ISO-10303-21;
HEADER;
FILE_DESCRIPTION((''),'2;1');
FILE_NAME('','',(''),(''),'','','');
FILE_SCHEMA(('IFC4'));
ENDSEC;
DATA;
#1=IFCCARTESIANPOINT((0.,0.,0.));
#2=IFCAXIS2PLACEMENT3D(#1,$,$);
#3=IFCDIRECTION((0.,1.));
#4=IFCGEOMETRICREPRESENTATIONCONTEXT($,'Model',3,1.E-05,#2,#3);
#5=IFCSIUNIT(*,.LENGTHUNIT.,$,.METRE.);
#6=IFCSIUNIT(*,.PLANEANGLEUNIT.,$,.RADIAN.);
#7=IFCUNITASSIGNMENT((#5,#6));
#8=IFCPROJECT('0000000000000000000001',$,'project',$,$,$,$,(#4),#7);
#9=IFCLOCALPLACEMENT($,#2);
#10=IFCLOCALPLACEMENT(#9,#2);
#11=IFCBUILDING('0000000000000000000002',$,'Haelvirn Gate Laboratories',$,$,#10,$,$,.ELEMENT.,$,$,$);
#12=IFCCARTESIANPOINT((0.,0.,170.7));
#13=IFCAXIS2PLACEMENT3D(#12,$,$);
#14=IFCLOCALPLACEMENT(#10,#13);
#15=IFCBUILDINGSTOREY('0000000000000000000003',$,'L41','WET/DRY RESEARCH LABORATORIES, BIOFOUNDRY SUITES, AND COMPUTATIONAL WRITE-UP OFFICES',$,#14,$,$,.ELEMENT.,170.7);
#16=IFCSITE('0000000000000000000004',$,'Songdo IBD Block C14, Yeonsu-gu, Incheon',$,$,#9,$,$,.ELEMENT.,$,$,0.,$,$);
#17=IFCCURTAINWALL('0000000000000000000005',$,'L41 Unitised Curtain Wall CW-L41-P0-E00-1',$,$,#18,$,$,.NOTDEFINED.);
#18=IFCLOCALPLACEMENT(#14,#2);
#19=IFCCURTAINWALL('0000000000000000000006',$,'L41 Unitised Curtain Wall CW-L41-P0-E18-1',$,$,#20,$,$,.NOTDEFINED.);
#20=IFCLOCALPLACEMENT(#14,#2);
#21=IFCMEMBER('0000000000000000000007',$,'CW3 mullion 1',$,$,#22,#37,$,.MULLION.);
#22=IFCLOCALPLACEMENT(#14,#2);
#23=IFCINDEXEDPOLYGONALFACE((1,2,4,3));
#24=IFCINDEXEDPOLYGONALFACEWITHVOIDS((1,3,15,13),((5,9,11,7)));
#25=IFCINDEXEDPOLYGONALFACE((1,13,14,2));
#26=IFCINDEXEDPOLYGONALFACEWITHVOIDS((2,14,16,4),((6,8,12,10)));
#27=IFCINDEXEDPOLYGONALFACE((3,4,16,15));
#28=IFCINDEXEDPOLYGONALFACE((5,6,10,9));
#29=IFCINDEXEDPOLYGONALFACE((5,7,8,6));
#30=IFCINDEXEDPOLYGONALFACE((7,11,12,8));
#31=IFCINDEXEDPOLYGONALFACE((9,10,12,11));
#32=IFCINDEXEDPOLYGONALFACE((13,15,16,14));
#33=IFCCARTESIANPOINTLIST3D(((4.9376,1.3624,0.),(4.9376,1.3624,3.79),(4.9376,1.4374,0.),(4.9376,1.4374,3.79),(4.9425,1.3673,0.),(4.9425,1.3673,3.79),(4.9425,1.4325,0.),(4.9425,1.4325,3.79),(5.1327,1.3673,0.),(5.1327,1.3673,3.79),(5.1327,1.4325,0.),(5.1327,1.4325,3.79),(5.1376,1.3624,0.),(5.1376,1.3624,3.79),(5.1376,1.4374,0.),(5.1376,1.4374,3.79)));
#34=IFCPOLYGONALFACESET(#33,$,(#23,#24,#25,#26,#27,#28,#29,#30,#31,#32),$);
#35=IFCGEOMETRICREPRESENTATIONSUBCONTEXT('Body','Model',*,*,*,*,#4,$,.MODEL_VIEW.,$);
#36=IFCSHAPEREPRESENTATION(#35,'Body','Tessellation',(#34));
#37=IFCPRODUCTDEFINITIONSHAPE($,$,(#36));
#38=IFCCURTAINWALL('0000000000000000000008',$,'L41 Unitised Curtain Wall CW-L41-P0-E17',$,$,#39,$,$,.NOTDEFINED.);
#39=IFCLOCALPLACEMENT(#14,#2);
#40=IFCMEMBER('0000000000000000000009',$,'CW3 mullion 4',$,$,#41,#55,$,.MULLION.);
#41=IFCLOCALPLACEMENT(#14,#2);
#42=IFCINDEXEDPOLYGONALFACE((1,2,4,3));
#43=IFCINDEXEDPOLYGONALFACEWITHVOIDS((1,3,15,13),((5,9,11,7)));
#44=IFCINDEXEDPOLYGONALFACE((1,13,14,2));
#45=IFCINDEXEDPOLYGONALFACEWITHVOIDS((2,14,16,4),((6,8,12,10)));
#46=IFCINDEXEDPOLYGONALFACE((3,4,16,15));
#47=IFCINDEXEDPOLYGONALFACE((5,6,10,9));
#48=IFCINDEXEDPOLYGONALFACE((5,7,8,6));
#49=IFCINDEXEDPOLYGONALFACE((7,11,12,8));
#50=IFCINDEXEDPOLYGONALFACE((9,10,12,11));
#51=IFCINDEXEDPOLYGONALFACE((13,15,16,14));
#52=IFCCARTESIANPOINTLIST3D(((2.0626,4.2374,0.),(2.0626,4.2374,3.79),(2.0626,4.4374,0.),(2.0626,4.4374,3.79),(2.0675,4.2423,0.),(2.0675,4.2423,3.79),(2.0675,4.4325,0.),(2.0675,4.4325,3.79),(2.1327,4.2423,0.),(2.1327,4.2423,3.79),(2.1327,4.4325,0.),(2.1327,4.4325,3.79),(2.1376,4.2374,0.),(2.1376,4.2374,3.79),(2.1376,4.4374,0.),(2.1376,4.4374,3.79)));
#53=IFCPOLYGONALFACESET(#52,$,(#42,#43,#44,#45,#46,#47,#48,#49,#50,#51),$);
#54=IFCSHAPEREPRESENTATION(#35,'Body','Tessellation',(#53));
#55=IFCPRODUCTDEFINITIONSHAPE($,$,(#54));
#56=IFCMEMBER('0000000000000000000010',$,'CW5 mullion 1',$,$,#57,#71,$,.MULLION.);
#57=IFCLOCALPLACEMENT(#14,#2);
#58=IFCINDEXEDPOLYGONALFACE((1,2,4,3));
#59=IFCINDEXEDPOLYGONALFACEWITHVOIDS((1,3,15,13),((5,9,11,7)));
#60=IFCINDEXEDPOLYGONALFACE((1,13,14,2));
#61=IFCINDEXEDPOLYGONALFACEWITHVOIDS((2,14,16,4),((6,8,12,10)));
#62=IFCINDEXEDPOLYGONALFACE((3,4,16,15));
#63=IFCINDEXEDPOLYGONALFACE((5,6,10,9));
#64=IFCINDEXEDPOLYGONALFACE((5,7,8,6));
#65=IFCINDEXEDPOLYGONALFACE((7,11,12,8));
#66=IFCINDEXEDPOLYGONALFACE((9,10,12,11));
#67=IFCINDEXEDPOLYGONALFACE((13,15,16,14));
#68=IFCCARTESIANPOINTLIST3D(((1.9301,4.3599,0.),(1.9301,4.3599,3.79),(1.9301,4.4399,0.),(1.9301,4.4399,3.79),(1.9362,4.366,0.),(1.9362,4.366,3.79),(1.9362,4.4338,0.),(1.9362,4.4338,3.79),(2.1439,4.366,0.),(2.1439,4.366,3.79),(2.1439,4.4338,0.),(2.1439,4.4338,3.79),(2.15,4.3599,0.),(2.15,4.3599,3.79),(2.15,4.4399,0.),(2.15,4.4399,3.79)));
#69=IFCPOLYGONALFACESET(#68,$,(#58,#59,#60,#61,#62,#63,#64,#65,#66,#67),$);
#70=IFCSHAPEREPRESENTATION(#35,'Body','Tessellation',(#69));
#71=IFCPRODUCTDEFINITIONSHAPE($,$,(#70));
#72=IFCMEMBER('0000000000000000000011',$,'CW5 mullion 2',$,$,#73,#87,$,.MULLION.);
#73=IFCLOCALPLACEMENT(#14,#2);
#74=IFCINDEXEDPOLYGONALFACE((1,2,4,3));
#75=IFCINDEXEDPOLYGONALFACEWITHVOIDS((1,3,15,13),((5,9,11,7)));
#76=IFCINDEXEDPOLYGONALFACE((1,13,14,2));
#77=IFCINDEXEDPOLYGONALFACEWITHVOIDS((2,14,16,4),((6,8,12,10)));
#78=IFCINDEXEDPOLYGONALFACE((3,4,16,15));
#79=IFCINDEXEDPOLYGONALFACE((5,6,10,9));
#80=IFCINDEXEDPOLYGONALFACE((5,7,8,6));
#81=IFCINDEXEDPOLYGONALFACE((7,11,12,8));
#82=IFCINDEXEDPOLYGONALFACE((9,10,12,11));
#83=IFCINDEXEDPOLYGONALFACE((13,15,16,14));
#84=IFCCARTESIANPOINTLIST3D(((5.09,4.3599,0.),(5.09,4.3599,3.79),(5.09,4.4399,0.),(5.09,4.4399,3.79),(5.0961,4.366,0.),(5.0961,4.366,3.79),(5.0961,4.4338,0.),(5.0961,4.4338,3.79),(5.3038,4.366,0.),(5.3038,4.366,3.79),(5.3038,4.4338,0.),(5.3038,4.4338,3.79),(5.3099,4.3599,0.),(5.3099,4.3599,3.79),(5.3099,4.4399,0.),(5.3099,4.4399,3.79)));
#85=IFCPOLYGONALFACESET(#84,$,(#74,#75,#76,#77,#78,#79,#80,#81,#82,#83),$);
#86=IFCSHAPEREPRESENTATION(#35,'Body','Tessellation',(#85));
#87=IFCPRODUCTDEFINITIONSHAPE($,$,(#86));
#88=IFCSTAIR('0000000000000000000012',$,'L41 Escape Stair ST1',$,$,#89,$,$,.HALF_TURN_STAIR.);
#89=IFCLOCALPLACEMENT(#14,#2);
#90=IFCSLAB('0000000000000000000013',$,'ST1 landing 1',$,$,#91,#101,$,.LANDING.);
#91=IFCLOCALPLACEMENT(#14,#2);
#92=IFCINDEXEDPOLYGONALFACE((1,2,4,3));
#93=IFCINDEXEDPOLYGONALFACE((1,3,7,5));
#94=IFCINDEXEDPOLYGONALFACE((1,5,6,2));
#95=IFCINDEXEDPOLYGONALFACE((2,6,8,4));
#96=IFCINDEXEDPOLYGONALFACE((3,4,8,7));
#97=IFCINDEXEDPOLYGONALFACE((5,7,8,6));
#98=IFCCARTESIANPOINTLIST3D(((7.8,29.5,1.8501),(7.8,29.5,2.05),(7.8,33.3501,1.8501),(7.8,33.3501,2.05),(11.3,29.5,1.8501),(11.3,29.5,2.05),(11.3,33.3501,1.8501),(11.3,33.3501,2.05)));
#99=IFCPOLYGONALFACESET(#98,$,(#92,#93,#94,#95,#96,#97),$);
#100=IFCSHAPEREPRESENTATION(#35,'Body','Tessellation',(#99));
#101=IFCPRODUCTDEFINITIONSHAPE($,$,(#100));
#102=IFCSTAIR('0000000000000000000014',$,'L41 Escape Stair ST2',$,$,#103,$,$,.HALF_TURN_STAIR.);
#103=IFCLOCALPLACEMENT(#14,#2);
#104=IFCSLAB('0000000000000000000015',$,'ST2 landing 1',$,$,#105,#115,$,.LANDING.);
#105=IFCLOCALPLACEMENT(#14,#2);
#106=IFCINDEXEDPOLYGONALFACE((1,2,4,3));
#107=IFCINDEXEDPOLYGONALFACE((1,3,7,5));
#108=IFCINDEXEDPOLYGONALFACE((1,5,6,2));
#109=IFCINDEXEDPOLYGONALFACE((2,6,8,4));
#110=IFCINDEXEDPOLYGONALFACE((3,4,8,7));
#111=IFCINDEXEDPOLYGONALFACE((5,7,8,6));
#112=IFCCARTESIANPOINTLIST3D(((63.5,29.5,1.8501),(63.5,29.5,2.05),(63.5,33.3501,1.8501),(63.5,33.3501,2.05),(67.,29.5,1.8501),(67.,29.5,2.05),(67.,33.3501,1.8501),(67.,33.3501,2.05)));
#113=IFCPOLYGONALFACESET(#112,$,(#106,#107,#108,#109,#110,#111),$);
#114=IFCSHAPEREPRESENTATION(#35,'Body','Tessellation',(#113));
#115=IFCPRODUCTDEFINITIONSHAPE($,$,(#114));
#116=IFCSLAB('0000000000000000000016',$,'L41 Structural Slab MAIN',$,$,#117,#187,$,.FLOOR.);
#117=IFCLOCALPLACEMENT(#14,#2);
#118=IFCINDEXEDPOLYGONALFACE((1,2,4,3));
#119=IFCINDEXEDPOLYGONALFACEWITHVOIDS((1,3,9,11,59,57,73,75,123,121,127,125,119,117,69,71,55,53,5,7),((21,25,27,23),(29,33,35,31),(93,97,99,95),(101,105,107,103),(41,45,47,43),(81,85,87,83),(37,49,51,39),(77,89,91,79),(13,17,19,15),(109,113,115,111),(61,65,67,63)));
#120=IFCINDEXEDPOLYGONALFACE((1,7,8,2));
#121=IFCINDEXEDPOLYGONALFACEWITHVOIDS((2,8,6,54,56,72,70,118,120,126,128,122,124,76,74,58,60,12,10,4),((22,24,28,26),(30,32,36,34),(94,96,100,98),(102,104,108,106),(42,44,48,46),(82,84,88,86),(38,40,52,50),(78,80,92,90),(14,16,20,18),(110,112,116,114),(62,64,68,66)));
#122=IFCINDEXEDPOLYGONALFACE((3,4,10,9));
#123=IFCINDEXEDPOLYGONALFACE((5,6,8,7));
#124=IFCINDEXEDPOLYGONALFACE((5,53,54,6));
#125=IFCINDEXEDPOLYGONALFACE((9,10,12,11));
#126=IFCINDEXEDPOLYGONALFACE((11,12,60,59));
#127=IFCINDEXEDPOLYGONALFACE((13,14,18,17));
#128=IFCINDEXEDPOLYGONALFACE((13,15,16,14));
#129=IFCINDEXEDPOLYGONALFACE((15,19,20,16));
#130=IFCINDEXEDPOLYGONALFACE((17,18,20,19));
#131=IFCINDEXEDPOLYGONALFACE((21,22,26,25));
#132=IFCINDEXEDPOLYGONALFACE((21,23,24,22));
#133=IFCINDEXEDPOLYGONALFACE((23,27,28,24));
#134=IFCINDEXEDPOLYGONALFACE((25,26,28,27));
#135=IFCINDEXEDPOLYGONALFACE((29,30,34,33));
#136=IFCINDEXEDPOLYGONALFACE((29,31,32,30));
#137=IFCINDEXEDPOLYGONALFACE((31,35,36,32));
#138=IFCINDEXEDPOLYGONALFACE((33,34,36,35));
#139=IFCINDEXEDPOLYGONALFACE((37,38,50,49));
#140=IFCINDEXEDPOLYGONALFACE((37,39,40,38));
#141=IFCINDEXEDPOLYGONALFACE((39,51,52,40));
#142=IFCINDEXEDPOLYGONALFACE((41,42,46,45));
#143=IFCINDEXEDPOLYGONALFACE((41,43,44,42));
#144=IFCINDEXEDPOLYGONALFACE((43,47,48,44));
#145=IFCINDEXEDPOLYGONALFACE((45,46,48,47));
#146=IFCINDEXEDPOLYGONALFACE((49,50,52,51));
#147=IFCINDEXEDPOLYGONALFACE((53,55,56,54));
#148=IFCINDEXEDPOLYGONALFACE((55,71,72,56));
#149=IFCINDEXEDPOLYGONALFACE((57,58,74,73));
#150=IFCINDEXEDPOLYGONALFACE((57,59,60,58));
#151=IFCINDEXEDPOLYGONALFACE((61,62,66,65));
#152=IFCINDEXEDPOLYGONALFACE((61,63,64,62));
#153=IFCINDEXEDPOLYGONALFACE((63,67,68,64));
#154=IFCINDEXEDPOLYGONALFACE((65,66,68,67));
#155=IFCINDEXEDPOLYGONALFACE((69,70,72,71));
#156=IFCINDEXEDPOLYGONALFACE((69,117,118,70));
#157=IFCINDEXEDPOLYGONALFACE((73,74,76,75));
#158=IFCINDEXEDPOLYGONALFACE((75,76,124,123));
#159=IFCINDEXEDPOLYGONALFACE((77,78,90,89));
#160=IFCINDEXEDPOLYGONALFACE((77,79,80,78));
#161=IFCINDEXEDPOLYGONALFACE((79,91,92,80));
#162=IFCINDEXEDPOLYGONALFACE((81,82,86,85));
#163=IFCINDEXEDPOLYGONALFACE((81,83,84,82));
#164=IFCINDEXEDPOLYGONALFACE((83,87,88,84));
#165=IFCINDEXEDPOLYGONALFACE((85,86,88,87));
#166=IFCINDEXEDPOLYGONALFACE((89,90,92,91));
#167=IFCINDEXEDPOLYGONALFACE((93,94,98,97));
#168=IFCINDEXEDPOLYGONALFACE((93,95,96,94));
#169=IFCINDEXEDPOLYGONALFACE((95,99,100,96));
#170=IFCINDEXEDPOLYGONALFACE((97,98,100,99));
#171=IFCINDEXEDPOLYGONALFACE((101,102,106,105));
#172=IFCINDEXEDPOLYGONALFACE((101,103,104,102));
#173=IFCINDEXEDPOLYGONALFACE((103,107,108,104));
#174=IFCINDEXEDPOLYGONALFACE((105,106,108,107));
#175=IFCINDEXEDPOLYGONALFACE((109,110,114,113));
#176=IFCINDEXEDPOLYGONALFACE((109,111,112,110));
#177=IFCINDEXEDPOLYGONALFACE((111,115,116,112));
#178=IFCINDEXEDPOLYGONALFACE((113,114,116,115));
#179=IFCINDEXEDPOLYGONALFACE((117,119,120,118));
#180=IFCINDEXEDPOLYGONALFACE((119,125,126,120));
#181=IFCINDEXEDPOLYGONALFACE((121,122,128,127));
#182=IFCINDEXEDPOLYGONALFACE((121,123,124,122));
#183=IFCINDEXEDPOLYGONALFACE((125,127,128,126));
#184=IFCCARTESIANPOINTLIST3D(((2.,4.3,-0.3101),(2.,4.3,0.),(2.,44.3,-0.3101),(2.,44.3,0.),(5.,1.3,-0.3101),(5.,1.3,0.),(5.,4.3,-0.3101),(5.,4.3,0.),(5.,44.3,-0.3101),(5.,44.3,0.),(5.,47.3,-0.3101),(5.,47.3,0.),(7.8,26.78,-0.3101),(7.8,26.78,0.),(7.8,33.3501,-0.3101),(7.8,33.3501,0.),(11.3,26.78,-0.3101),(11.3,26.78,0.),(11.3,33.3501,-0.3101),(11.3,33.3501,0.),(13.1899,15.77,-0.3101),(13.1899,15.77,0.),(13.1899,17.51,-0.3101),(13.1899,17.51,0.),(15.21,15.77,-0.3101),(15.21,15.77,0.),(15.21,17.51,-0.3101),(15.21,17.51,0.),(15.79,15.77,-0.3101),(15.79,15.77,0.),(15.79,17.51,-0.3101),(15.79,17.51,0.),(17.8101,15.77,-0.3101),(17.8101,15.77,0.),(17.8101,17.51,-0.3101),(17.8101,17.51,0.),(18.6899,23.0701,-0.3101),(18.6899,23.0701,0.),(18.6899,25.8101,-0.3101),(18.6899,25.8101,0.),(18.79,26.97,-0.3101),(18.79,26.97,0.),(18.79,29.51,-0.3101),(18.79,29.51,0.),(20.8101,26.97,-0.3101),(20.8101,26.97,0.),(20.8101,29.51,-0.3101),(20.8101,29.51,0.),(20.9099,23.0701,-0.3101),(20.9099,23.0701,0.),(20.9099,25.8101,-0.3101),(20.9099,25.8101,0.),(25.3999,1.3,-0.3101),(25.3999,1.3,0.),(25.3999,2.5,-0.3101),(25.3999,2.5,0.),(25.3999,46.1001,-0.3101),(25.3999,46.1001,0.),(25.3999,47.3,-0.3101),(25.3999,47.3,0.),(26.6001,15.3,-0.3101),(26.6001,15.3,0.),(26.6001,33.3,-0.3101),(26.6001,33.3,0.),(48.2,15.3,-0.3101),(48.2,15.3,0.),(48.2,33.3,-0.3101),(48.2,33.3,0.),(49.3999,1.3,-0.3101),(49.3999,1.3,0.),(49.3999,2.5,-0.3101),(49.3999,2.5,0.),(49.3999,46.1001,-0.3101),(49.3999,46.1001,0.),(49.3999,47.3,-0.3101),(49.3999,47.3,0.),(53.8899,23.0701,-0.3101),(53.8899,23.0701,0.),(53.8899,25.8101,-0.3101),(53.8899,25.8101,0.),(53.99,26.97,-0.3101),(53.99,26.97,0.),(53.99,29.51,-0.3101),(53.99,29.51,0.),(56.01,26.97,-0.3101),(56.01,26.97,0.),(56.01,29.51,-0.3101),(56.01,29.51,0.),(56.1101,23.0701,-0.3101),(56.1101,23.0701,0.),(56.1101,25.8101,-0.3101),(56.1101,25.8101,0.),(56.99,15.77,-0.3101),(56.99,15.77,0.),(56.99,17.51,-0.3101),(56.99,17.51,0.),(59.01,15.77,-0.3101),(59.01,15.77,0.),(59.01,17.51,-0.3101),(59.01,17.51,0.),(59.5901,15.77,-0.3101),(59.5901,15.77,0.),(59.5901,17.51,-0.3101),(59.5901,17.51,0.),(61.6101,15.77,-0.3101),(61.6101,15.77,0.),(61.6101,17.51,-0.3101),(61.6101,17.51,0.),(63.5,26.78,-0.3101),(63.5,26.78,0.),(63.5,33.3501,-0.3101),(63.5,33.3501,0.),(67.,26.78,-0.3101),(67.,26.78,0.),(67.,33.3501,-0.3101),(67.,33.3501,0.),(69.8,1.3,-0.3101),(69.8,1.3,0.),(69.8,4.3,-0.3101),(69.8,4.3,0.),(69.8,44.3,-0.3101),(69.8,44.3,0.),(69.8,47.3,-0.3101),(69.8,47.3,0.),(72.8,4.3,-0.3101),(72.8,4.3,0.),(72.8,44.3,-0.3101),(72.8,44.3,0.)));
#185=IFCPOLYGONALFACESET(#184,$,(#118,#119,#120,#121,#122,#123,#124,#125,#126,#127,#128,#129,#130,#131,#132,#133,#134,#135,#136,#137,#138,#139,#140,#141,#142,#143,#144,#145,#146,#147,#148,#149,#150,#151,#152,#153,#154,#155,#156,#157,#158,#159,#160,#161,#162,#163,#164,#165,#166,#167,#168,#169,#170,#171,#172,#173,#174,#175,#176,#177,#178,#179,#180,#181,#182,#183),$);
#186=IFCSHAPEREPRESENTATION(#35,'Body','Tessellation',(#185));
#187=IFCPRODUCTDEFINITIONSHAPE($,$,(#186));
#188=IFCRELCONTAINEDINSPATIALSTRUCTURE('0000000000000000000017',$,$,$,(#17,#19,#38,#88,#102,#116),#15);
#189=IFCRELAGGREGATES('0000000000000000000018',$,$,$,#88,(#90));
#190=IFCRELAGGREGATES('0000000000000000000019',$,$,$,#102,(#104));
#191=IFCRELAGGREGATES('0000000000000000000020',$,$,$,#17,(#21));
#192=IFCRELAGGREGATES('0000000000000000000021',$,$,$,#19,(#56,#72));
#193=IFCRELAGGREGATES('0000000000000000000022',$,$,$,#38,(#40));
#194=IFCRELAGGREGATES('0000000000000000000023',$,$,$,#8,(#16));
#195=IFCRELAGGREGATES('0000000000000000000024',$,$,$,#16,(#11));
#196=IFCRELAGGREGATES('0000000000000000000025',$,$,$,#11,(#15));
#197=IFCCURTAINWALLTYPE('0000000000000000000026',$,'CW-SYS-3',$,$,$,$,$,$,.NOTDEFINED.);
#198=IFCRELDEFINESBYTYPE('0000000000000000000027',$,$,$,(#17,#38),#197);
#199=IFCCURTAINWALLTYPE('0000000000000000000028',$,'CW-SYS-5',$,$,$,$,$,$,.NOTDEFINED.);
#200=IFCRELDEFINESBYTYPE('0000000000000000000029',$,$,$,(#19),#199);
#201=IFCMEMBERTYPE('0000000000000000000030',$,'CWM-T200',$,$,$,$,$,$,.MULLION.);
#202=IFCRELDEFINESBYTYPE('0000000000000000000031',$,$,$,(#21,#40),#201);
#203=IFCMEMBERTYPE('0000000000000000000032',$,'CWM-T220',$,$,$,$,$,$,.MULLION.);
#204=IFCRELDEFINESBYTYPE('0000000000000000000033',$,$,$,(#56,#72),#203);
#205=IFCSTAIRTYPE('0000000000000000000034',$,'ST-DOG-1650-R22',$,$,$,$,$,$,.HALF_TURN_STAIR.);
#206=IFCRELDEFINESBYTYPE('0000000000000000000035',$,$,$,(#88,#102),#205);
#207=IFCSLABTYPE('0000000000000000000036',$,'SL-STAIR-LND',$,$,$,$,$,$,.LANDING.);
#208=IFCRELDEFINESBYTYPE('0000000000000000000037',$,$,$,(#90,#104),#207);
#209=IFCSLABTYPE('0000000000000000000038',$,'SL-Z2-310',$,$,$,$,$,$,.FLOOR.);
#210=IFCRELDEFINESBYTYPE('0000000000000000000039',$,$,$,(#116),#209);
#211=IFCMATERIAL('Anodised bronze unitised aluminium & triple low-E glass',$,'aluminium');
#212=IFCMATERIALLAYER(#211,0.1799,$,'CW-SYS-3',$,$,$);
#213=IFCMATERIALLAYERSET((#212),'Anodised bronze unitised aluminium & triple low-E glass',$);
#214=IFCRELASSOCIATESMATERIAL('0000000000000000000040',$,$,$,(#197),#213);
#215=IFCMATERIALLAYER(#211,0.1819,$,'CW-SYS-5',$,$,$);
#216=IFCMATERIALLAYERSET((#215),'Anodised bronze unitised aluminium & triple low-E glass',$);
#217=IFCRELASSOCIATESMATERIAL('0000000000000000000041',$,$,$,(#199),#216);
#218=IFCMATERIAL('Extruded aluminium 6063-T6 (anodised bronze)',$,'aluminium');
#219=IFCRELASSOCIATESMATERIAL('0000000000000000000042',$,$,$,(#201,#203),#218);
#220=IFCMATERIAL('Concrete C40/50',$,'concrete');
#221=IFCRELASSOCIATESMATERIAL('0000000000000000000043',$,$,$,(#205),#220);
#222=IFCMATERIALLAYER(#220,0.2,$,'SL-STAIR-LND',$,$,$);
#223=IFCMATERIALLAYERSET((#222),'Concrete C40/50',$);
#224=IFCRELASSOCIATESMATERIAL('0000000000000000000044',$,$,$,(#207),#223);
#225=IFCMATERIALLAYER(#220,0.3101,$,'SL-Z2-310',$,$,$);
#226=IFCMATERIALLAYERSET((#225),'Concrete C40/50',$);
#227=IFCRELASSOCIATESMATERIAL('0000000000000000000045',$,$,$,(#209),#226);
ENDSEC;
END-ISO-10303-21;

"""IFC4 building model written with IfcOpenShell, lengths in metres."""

from ifc_helpers import new_model, si_unit, direction, frame, origin, origin_2d, place, context, subcontext, project, spatial, polyline, hollow_rectangle, outline, extrude, source, transform, mapped, material, layer, layer_set, material_profile, profile_set, type_object, type_shapes, element, aggregate, save


model = new_model("IFC4")

# Units and contexts
model_context = context("Model", 3, precision=1e-05, world=origin(), true_north=direction((0.0, 1.0)))
body_context = subcontext(model_context, "Body", "Model", "MODEL_VIEW")
ifc_project = project(units=[si_unit("LENGTHUNIT", "METRE"), si_unit("PLANEANGLEUNIT", "RADIAN")], contexts=[model_context])

# Site, building, storey
site_placement = place(None, origin())
site = spatial("IfcSite", under=ifc_project, at=site_placement, Name="Songdo IBD Block C14, Yeonsu-gu, Incheon", CompositionType="ELEMENT", RefElevation=0.0)
building_placement = place(site_placement, origin())
building = spatial("IfcBuilding", under=site, at=building_placement, Name="Haelvirn Gate Laboratories", CompositionType="ELEMENT")
storey_placement = place(building_placement, frame((0.0, 0.0, 170.7)))
storey = spatial("IfcBuildingStorey", under=building, at=storey_placement, Name="L41", Description="WET/DRY RESEARCH LABORATORIES, BIOFOUNDRY SUITES, AND COMPUTATIONAL WRITE-UP OFFICES", CompositionType="ELEMENT", Elevation=170.7)

# Curtain walls
ifc_material_1 = material(Name="Anodised bronze unitised aluminium & triple low-E glass", Category="aluminium")
ifc_layer_1 = layer(ifc_material_1, 0.1799, Name="CW-SYS-3")
ifc_layer_set_1 = layer_set([ifc_layer_1], Name="Anodised bronze unitised aluminium & triple low-E glass")
curtain_wall_type_1 = type_object("IfcCurtainWallType", Name="CW-SYS-3", PredefinedType="NOTDEFINED", material=ifc_layer_set_1)
curtain_wall_1_placement = place(storey_placement, origin())
curtain_wall_1 = element("IfcCurtainWall", 1, at=curtain_wall_1_placement, inside=storey, type_object=curtain_wall_type_1, Name="L41 Unitised Curtain Wall CW-L41-P0-E00-1", PredefinedType="NOTDEFINED")
ifc_material_2 = material(Name="Extruded aluminium 6063-T6 (anodised bronze)", Category="aluminium")
ifc_layer_2 = layer(ifc_material_1, 0.1819, Name="CW-SYS-5")
ifc_layer_set_2 = layer_set([ifc_layer_2], Name="Anodised bronze unitised aluminium & triple low-E glass")
curtain_wall_type_2 = type_object("IfcCurtainWallType", Name="CW-SYS-5", PredefinedType="NOTDEFINED", material=ifc_layer_set_2)
curtain_wall_2_placement = place(storey_placement, origin())
curtain_wall_2 = element("IfcCurtainWall", 2, at=curtain_wall_2_placement, inside=storey, type_object=curtain_wall_type_2, Name="L41 Unitised Curtain Wall CW-L41-P0-E18-1", PredefinedType="NOTDEFINED")

# Member
ifc_material_profile_1 = material_profile(ifc_material_2, hollow_rectangle(XDim=0.075, YDim=0.2, WallThickness=0.0049, at=origin_2d()), Name="CWM-200x75x5")
ifc_profile_set_1 = profile_set([ifc_material_profile_1], Name="Extruded aluminium 6063-T6 (anodised bronze)")
member_type_1 = type_object("IfcMemberType", Name="CWM-T200", PredefinedType="MULLION", material=ifc_profile_set_1)
shared_shape_1 = source(origin(), body_context, "Body", "SweptSolid", [
    extrude(hollow_rectangle(XDim=0.075, YDim=0.2, WallThickness=0.0049, at=origin_2d()), origin(), (0.0, 0.0, 1.0), 3.79),
])
type_shapes(member_type_1, [shared_shape_1])
member_1_placement = place(storey_placement, frame((5.0376, 1.3999, 0.0), z_axis=(0.0, 0.0, 1.0), x_axis=(0.0, 1.0, 0.0)))
member_1 = element("IfcMember", 3, at=member_1_placement, type_object=member_type_1, Name="CW3 mullion 1", PredefinedType="MULLION", context=body_context, shape_type="MappedRepresentation", body=[
    mapped(shared_shape_1, transform((0.0, 0.0, 0.0), scale=1.0)),
])

# Curtain wall, member
curtain_wall_3_placement = place(storey_placement, origin())
curtain_wall_3 = element("IfcCurtainWall", 4, at=curtain_wall_3_placement, inside=storey, type_object=curtain_wall_type_1, Name="L41 Unitised Curtain Wall CW-L41-P0-E17", PredefinedType="NOTDEFINED")
member_2_placement = place(storey_placement, frame((2.1001, 4.3374, 0.0), z_axis=(0.0, 0.0, 1.0), x_axis=(1.0, 0.0, 0.0)))
member_2 = element("IfcMember", 5, at=member_2_placement, type_object=member_type_1, Name="CW3 mullion 4", PredefinedType="MULLION", context=body_context, shape_type="MappedRepresentation", body=[
    mapped(shared_shape_1, transform((0.0, 0.0, 0.0), scale=1.0)),
])

# Members
ifc_material_profile_2 = material_profile(ifc_material_2, hollow_rectangle(XDim=0.0801, YDim=0.22, WallThickness=0.0061, at=origin_2d()), Name="CWM-220x80x6")
ifc_profile_set_2 = profile_set([ifc_material_profile_2], Name="Extruded aluminium 6063-T6 (anodised bronze)")
member_type_2 = type_object("IfcMemberType", Name="CWM-T220", PredefinedType="MULLION", material=ifc_profile_set_2)
shared_shape_2 = source(origin(), body_context, "Body", "SweptSolid", [
    extrude(hollow_rectangle(XDim=0.0801, YDim=0.22, WallThickness=0.0061, at=origin_2d()), origin(), (0.0, 0.0, 1.0), 3.79),
])
type_shapes(member_type_2, [shared_shape_2])
member_3_placement = place(storey_placement, frame((2.04, 4.3999, 0.0), z_axis=(0.0, 0.0, 1.0), x_axis=(0.0, 1.0, 0.0)))
member_3 = element("IfcMember", 6, at=member_3_placement, type_object=member_type_2, Name="CW5 mullion 1", PredefinedType="MULLION", context=body_context, shape_type="MappedRepresentation", body=[
    mapped(shared_shape_2, transform((0.0, 0.0, 0.0), scale=1.0)),
])
member_4_placement = place(storey_placement, frame((5.2, 4.3999, 0.0), z_axis=(0.0, 0.0, 1.0), x_axis=(0.0, 1.0, 0.0)))
member_4 = element("IfcMember", 7, at=member_4_placement, type_object=member_type_2, Name="CW5 mullion 2", PredefinedType="MULLION", context=body_context, shape_type="MappedRepresentation", body=[
    mapped(shared_shape_2, transform((0.0, 0.0, 0.0), scale=1.0)),
])

# Stairs, slabs
ifc_material_3 = material(Name="Concrete C40/50", Category="concrete")
stair_type = type_object("IfcStairType", Name="ST-DOG-1650-R22", PredefinedType="HALF_TURN_STAIR", material=ifc_material_3)
stair_1_placement = place(storey_placement, origin())
stair_1 = element("IfcStair", 8, at=stair_1_placement, inside=storey, type_object=stair_type, Name="L41 Escape Stair ST1", PredefinedType="HALF_TURN_STAIR")
ifc_layer_3 = layer(ifc_material_3, 0.2, Name="SL-STAIR-LND")
ifc_layer_set_3 = layer_set([ifc_layer_3], Name="Concrete C40/50")
slab_type_1 = type_object("IfcSlabType", Name="SL-STAIR-LND", PredefinedType="LANDING", material=ifc_layer_set_3)
slab_1_placement = place(storey_placement, frame((0.0, 0.0, 1.8501)))
slab_1 = element("IfcSlab", 9, at=slab_1_placement, type_object=slab_type_1, Name="ST1 landing 1", PredefinedType="LANDING", context=body_context, shape_type="SweptSolid", body=[
    extrude(outline(polyline([(11.3, 29.5), (11.3, 33.3501), (7.8, 33.3501), (7.8, 29.5), (11.3, 29.5)])), origin(), (0.0, 0.0, 1.0), 0.2),
])
aggregate(stair_1, [slab_1])
stair_2_placement = place(storey_placement, origin())
stair_2 = element("IfcStair", 10, at=stair_2_placement, inside=storey, type_object=stair_type, Name="L41 Escape Stair ST2", PredefinedType="HALF_TURN_STAIR")
slab_2_placement = place(storey_placement, frame((0.0, 0.0, 1.8501)))
slab_2 = element("IfcSlab", 11, at=slab_2_placement, type_object=slab_type_1, Name="ST2 landing 1", PredefinedType="LANDING", context=body_context, shape_type="SweptSolid", body=[
    extrude(outline(polyline([(67.0, 29.5), (67.0, 33.3501), (63.5, 33.3501), (63.5, 29.5), (67.0, 29.5)])), origin(), (0.0, 0.0, 1.0), 0.2),
])
aggregate(stair_2, [slab_2])

# Slab
ifc_layer_4 = layer(ifc_material_3, 0.3101, Name="SL-Z2-310")
ifc_layer_set_4 = layer_set([ifc_layer_4], Name="Concrete C40/50")
slab_type_2 = type_object("IfcSlabType", Name="SL-Z2-310", PredefinedType="FLOOR", material=ifc_layer_set_4)
slab_3_placement = place(storey_placement, frame((0.0, 0.0, -0.3101)))
element("IfcSlab", 12, at=slab_3_placement, inside=storey, type_object=slab_type_2, Name="L41 Structural Slab MAIN", PredefinedType="FLOOR", context=body_context, shape_type="SweptSolid", body=[
    extrude(outline(polyline([(5.0, 1.3), (25.3999, 1.3), (25.3999, 2.5), (49.3999, 2.5), (49.3999, 1.3), (69.8, 1.3), (69.8, 4.3), (72.8, 4.3), (72.8, 44.3), (69.8, 44.3), (69.8, 47.3), (49.3999, 47.3), (49.3999, 46.1001), (25.3999, 46.1001), (25.3999, 47.3), (5.0, 47.3), (5.0, 44.3), (2.0, 44.3), (2.0, 4.3), (5.0, 4.3), (5.0, 1.3)]), holes=[polyline([(26.6001, 15.3), (48.2, 15.3), (48.2, 33.3), (26.6001, 33.3), (26.6001, 15.3)]), polyline([(11.3, 26.78), (11.3, 33.3501), (7.8, 33.3501), (7.8, 26.78), (11.3, 26.78)]), polyline([(67.0, 26.78), (67.0, 33.3501), (63.5, 33.3501), (63.5, 26.78), (67.0, 26.78)]), polyline([(13.1899, 15.77), (15.21, 15.77), (15.21, 17.51), (13.1899, 17.51), (13.1899, 15.77)]), polyline([(15.79, 15.77), (17.8101, 15.77), (17.8101, 17.51), (15.79, 17.51), (15.79, 15.77)]), polyline([(18.79, 26.97), (20.8101, 26.97), (20.8101, 29.51), (18.79, 29.51), (18.79, 26.97)]), polyline([(18.6899, 23.0701), (20.9099, 23.0701), (20.9099, 25.8101), (18.6899, 25.8101), (18.6899, 23.0701)]), polyline([(59.5901, 15.77), (61.6101, 15.77), (61.6101, 17.51), (59.5901, 17.51), (59.5901, 15.77)]), polyline([(56.99, 15.77), (59.01, 15.77), (59.01, 17.51), (56.99, 17.51), (56.99, 15.77)]), polyline([(53.99, 26.97), (56.01, 26.97), (56.01, 29.51), (53.99, 29.51), (53.99, 26.97)]), polyline([(53.8899, 23.0701), (56.1101, 23.0701), (56.1101, 25.8101), (53.8899, 25.8101), (53.8899, 23.0701)])]), origin(), (0.0, 0.0, 1.0), 0.3101),
])

aggregate(curtain_wall_1, [member_1])
aggregate(curtain_wall_2, [member_3, member_4])
aggregate(curtain_wall_3, [member_2])

save(model, "model.ifc")
